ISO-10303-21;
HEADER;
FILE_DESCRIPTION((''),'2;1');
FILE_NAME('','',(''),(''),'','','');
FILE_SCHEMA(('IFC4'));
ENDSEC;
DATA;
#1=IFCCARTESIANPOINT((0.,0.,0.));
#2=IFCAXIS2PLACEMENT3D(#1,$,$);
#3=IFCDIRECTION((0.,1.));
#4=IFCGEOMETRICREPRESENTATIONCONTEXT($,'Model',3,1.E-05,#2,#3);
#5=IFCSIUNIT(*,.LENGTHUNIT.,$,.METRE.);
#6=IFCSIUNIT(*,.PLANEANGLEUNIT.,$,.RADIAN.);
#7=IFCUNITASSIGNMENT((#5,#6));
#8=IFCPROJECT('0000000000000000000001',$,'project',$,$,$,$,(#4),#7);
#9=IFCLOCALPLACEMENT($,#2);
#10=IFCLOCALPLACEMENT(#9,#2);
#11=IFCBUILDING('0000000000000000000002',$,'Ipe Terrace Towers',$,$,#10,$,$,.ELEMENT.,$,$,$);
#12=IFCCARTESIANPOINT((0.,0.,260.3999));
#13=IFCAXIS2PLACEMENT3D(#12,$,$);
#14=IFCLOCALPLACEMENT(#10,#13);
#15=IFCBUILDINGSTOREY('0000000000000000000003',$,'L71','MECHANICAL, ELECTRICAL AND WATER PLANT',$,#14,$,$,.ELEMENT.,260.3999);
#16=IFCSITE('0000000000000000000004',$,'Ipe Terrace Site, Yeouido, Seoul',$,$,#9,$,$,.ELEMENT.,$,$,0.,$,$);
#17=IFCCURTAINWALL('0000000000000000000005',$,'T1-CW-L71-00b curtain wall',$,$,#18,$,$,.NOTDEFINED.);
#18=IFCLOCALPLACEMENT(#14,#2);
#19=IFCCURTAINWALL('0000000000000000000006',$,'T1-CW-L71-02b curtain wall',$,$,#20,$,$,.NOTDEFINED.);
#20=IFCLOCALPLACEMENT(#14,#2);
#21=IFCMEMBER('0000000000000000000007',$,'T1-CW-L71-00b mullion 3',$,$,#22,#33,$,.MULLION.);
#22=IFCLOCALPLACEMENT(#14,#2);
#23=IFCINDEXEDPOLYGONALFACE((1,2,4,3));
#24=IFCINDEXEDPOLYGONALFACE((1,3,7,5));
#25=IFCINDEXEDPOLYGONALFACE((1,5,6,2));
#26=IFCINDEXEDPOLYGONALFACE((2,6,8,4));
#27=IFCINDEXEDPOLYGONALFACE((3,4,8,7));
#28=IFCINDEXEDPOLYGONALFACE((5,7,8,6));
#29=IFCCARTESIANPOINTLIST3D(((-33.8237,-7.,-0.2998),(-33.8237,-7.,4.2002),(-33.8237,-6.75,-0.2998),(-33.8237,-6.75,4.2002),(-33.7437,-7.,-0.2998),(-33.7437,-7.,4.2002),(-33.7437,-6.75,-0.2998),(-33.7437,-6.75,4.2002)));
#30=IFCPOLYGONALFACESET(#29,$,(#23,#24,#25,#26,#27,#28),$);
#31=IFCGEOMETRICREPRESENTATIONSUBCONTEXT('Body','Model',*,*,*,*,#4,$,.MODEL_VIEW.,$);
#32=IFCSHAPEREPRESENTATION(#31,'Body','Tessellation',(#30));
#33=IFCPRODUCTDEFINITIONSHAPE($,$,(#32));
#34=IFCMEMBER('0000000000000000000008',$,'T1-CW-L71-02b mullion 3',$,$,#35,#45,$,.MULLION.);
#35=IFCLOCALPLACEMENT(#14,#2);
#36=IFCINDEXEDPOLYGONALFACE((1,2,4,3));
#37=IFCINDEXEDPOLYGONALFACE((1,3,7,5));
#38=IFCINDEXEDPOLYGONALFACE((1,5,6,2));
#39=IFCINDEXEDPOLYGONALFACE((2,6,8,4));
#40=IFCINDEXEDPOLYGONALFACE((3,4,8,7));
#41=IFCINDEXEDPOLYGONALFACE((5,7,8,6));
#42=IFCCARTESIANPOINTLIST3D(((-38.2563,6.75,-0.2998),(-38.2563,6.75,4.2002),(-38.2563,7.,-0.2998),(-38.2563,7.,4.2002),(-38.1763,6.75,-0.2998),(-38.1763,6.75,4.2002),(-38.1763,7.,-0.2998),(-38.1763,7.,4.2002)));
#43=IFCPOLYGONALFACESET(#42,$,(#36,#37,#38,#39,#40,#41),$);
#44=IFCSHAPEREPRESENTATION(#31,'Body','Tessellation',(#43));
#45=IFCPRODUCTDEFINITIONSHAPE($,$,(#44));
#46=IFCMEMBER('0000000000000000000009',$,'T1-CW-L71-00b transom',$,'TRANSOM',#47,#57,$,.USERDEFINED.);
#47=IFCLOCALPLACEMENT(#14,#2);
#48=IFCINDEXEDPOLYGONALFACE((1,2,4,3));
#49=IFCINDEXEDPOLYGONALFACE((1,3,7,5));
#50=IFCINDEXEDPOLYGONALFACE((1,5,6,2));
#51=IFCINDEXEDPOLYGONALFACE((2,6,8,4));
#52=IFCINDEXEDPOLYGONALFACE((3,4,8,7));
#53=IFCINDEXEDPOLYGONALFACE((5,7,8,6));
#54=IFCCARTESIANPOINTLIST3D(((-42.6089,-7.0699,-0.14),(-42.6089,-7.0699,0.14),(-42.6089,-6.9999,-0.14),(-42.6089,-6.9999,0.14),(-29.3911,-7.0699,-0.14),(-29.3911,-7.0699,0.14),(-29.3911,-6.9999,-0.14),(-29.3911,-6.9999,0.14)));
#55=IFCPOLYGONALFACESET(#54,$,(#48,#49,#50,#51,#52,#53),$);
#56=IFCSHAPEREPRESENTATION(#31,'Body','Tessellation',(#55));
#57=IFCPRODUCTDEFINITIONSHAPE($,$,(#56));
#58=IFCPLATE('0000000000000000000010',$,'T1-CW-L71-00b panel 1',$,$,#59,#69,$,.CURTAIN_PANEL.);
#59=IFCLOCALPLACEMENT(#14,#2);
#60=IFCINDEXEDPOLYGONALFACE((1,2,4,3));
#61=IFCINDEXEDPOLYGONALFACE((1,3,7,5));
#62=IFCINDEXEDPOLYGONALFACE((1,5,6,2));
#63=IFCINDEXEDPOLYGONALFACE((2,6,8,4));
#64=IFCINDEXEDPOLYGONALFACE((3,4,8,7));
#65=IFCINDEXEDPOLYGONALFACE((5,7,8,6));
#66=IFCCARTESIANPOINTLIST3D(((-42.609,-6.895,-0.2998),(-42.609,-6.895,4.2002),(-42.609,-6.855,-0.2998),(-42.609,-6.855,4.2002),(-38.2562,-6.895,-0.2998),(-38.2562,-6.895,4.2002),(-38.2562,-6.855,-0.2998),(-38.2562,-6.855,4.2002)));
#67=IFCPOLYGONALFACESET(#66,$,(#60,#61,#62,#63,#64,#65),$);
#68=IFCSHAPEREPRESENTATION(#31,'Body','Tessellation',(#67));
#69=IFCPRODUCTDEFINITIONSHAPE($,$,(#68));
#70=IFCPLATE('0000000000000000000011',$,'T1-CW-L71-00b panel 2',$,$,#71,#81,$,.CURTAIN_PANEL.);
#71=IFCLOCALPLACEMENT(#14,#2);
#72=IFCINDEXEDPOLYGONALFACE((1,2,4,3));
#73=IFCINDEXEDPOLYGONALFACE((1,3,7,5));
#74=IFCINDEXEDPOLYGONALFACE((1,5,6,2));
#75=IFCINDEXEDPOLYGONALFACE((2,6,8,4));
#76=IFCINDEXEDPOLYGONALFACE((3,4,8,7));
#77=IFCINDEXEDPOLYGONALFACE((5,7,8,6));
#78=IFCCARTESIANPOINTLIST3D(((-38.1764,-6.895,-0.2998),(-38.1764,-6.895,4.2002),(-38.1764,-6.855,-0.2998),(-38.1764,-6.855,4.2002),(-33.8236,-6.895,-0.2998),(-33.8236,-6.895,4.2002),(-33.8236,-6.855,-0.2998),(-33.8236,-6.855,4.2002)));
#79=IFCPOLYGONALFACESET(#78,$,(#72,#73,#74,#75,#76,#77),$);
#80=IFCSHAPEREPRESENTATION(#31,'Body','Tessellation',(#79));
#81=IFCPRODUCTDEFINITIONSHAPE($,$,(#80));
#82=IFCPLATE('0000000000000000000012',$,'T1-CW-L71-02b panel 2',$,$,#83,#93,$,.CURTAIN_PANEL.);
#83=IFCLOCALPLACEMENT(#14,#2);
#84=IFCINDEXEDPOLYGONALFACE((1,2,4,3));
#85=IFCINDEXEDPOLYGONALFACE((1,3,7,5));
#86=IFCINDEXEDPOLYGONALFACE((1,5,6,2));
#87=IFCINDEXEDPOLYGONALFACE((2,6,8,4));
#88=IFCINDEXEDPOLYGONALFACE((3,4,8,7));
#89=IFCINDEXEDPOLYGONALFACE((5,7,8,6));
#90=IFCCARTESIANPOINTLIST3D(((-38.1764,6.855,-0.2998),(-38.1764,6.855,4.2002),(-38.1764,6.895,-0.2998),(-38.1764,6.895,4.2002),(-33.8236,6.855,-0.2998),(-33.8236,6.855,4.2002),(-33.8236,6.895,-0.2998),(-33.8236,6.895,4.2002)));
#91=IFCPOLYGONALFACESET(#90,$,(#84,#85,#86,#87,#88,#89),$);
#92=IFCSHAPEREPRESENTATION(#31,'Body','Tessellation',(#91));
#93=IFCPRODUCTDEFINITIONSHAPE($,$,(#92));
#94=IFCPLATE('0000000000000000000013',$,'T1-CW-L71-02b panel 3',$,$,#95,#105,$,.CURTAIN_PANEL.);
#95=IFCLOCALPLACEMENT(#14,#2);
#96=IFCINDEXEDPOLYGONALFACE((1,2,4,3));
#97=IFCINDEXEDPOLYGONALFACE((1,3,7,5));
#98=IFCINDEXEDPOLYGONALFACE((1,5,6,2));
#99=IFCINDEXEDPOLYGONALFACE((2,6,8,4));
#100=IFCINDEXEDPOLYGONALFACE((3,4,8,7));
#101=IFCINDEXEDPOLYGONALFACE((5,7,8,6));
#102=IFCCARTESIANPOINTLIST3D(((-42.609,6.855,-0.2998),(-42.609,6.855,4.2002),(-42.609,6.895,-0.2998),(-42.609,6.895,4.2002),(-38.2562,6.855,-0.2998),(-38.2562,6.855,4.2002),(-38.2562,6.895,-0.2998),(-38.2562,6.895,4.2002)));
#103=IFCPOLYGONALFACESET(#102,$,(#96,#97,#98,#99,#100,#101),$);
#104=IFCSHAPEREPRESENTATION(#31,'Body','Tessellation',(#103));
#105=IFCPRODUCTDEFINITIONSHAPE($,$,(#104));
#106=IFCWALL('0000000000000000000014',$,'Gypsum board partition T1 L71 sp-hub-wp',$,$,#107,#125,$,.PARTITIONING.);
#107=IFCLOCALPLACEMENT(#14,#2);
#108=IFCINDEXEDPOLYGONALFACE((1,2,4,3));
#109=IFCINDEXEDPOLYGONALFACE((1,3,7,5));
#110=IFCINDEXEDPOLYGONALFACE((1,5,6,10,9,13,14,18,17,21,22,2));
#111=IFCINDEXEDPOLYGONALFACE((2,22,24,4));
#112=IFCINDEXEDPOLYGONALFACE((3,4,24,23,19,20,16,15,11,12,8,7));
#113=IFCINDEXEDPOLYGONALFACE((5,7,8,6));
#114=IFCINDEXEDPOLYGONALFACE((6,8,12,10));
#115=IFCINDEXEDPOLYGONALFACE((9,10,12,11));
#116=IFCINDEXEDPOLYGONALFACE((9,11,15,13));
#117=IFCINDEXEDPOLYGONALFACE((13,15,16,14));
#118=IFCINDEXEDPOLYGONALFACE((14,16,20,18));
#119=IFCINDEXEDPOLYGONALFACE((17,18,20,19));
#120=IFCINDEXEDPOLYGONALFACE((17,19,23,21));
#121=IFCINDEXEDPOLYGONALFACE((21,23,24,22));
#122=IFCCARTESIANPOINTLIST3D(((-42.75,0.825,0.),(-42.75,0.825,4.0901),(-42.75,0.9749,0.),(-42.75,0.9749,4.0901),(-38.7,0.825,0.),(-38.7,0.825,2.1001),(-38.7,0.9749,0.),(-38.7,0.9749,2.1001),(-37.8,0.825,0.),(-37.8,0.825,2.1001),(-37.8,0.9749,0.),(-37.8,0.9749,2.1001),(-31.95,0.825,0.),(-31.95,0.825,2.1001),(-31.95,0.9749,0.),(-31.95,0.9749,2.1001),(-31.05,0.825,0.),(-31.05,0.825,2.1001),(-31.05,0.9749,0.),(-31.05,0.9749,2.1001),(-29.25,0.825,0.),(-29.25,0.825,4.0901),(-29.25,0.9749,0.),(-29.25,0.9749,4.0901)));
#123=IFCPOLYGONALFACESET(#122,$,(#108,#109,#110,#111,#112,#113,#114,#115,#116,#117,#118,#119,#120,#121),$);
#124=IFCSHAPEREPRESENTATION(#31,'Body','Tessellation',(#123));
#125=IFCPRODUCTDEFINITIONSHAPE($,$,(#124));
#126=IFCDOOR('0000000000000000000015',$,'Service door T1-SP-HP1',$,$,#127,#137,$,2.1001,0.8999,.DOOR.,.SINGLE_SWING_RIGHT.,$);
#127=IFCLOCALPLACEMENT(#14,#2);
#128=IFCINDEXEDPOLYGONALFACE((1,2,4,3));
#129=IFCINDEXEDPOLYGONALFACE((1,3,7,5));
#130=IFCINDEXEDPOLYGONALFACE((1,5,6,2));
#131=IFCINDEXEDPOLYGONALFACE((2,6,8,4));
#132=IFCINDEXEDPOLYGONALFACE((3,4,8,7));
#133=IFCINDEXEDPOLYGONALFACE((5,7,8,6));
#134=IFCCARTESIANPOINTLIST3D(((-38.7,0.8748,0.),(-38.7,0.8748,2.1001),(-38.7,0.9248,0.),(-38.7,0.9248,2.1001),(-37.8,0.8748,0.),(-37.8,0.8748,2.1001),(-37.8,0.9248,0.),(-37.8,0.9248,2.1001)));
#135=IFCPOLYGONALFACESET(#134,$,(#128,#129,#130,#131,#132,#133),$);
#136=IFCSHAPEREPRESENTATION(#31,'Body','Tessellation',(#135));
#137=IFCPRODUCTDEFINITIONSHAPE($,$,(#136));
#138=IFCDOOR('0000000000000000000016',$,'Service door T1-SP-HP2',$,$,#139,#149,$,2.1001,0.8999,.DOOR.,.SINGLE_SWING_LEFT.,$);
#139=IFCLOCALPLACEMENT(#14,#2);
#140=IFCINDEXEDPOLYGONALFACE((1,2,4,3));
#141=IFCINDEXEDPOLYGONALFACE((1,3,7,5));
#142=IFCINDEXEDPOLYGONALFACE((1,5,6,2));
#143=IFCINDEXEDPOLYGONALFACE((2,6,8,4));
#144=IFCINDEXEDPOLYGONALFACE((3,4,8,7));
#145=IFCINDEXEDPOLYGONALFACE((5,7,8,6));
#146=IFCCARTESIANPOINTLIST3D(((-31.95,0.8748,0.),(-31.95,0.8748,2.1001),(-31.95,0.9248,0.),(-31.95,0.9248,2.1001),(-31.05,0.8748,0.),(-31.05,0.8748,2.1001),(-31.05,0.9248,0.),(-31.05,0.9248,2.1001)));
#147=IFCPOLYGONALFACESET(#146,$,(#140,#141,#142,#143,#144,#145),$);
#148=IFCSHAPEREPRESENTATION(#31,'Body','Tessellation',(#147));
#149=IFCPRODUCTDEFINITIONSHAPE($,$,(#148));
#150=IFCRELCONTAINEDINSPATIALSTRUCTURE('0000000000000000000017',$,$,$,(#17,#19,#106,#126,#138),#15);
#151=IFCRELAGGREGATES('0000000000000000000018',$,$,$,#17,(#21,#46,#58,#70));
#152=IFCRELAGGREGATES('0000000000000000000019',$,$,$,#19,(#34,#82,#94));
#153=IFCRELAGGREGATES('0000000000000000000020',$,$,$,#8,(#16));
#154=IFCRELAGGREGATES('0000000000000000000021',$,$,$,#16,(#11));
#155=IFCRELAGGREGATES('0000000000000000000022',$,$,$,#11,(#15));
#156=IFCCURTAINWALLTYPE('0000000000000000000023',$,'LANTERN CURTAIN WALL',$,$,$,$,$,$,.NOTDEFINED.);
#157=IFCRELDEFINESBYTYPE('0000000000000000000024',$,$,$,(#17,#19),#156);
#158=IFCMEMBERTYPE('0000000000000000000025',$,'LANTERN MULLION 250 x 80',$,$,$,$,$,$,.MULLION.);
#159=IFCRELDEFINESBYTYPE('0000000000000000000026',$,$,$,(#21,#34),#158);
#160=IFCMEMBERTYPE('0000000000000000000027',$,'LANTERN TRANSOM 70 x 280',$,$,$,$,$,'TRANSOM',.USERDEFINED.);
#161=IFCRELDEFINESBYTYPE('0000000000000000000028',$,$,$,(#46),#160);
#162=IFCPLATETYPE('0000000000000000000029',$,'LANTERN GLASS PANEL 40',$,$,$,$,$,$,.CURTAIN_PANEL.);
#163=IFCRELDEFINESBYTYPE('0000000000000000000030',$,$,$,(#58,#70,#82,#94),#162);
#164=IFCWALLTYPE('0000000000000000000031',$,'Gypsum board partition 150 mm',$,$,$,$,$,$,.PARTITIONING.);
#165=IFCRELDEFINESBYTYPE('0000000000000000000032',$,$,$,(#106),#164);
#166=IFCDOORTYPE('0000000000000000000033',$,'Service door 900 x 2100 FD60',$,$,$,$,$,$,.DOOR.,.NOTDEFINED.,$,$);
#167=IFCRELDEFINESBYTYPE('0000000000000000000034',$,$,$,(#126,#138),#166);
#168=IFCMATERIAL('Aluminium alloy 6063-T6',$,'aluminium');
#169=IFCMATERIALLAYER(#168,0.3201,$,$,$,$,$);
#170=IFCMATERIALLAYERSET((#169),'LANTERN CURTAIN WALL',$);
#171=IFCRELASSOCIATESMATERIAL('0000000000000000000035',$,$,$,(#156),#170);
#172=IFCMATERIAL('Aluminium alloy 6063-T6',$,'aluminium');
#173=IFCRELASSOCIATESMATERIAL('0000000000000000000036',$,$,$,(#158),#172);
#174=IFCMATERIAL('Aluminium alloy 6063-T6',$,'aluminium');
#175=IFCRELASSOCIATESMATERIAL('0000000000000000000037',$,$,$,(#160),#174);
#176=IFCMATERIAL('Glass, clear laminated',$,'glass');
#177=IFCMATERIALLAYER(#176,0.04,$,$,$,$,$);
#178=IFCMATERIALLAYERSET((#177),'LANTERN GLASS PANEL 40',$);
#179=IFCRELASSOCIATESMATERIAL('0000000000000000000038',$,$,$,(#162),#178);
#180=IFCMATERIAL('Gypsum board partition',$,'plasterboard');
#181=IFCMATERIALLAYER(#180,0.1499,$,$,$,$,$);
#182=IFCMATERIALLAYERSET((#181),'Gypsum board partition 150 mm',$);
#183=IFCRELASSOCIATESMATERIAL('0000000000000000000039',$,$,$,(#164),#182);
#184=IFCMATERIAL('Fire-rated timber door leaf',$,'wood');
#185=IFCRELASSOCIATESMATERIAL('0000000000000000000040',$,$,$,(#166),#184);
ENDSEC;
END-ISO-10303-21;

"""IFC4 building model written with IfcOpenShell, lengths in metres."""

from ifc_helpers import new_model, si_unit, direction, frame, frame_2d, origin, origin_2d, place, context, subcontext, project, spatial, rectangle, extrude, material, layer, layer_set, material_profile, profile_set, type_object, element, fill, aggregate, save


model = new_model("IFC4")

# Units and contexts
model_context = context("Model", 3, precision=1e-05, world=origin(), true_north=direction((0.0, 1.0)))
body_context = subcontext(model_context, "Body", "Model", "MODEL_VIEW")
ifc_project = project(units=[si_unit("LENGTHUNIT", "METRE"), si_unit("PLANEANGLEUNIT", "RADIAN")], contexts=[model_context])

# Site, building, storey
site_placement = place(None, origin())
site = spatial("IfcSite", under=ifc_project, at=site_placement, Name="Ipe Terrace Site, Yeouido, Seoul", CompositionType="ELEMENT", RefElevation=0.0)
building_placement = place(site_placement, origin())
building = spatial("IfcBuilding", under=site, at=building_placement, Name="Ipe Terrace Towers", CompositionType="ELEMENT")
storey_placement = place(building_placement, frame((0.0, 0.0, 260.3999)))
storey = spatial("IfcBuildingStorey", under=building, at=storey_placement, Name="L71", Description="MECHANICAL, ELECTRICAL AND WATER PLANT", CompositionType="ELEMENT", Elevation=260.3999)

# Curtain walls
ifc_material_1 = material(Name="Aluminium alloy 6063-T6", Category="aluminium")
ifc_layer_1 = layer(ifc_material_1, 0.3201)
ifc_layer_set_1 = layer_set([ifc_layer_1], Name="LANTERN CURTAIN WALL")
curtain_wall_type = type_object("IfcCurtainWallType", Name="LANTERN CURTAIN WALL", PredefinedType="NOTDEFINED", material=ifc_layer_set_1)
curtain_wall_1_placement = place(storey_placement, origin())
curtain_wall_1 = element("IfcCurtainWall", 1, at=curtain_wall_1_placement, inside=storey, type_object=curtain_wall_type, Name="T1-CW-L71-00b curtain wall", PredefinedType="NOTDEFINED")
curtain_wall_2_placement = place(storey_placement, origin())
curtain_wall_2 = element("IfcCurtainWall", 2, at=curtain_wall_2_placement, inside=storey, type_object=curtain_wall_type, Name="T1-CW-L71-02b curtain wall", PredefinedType="NOTDEFINED")

# Members
ifc_material_2 = material(Name="Aluminium alloy 6063-T6", Category="aluminium")
ifc_material_profile_1 = material_profile(ifc_material_2, rectangle(XDim=0.25, YDim=0.0801, at=origin_2d()), Name="LANTERN MULLION 250 x 80")
ifc_profile_set_1 = profile_set([ifc_material_profile_1], Name="Aluminium alloy 6063-T6")
member_type_1 = type_object("IfcMemberType", Name="LANTERN MULLION 250 x 80", PredefinedType="MULLION", material=ifc_profile_set_1)
member_1_placement = place(storey_placement, frame((-33.7837, -6.875, -0.2998), z_axis=(0.0, 0.0, 1.0), x_axis=(0.0, -1.0, 0.0)))
member_1 = element("IfcMember", 3, at=member_1_placement, type_object=member_type_1, Name="T1-CW-L71-00b mullion 3", PredefinedType="MULLION", context=body_context, shape_type="SweptSolid", body=[
    extrude(rectangle(XDim=0.25, YDim=0.0801, at=origin_2d()), origin(), (0.0, 0.0, 1.0), 4.5),
])
member_2_placement = place(storey_placement, frame((-38.2163, 6.875, -0.2998), z_axis=(0.0, 0.0, 1.0), x_axis=(0.0, 1.0, 0.0)))
member_2 = element("IfcMember", 4, at=member_2_placement, type_object=member_type_1, Name="T1-CW-L71-02b mullion 3", PredefinedType="MULLION", context=body_context, shape_type="SweptSolid", body=[
    extrude(rectangle(XDim=0.25, YDim=0.0801, at=origin_2d()), origin(), (0.0, 0.0, 1.0), 4.5),
])
ifc_material_3 = material(Name="Aluminium alloy 6063-T6", Category="aluminium")
ifc_material_profile_2 = material_profile(ifc_material_3, rectangle(XDim=0.0701, YDim=0.28, at=origin_2d()), Name="LANTERN TRANSOM 70 x 280")
ifc_profile_set_2 = profile_set([ifc_material_profile_2], Name="Aluminium alloy 6063-T6")
member_type_2 = type_object("IfcMemberType", Name="LANTERN TRANSOM 70 x 280", ElementType="TRANSOM", PredefinedType="USERDEFINED", material=ifc_profile_set_2)
member_3_placement = place(storey_placement, frame((-42.6089, -7.0349, 0.0), z_axis=(1.0, 0.0, 0.0), x_axis=(0.0, -1.0, 0.0)))
member_3 = element("IfcMember", 5, at=member_3_placement, type_object=member_type_2, Name="T1-CW-L71-00b transom", ObjectType="TRANSOM", PredefinedType="USERDEFINED", context=body_context, shape_type="SweptSolid", body=[
    extrude(rectangle(XDim=0.0701, YDim=0.28, at=origin_2d()), origin(), (0.0, 0.0, 1.0), 13.2178),
])

# Plates
ifc_material_4 = material(Name="Glass, clear laminated", Category="glass")
ifc_layer_2 = layer(ifc_material_4, 0.04)
ifc_layer_set_2 = layer_set([ifc_layer_2], Name="LANTERN GLASS PANEL 40")
plate_type = type_object("IfcPlateType", Name="LANTERN GLASS PANEL 40", PredefinedType="CURTAIN_PANEL", material=ifc_layer_set_2)
plate_1_placement = place(storey_placement, frame((-40.4326, -6.875, -0.2998), z_axis=(0.0, 0.0, 1.0), x_axis=(1.0, 0.0, 0.0)))
plate_1 = element("IfcPlate", 6, at=plate_1_placement, type_object=plate_type, Name="T1-CW-L71-00b panel 1", PredefinedType="CURTAIN_PANEL", context=body_context, shape_type="SweptSolid", body=[
    extrude(rectangle(XDim=4.3528, YDim=0.04, at=origin_2d()), origin(), (0.0, 0.0, 1.0), 4.5),
])
plate_2_placement = place(storey_placement, frame((-36.0, -6.875, -0.2998), z_axis=(0.0, 0.0, 1.0), x_axis=(1.0, 0.0, 0.0)))
plate_2 = element("IfcPlate", 7, at=plate_2_placement, type_object=plate_type, Name="T1-CW-L71-00b panel 2", PredefinedType="CURTAIN_PANEL", context=body_context, shape_type="SweptSolid", body=[
    extrude(rectangle(XDim=4.3528, YDim=0.04, at=origin_2d()), origin(), (0.0, 0.0, 1.0), 4.5),
])
aggregate(curtain_wall_1, [member_1, member_3, plate_1, plate_2])
plate_3_placement = place(storey_placement, frame((-36.0, 6.875, -0.2998), z_axis=(0.0, 0.0, 1.0), x_axis=(-1.0, 0.0, 0.0)))
plate_3 = element("IfcPlate", 8, at=plate_3_placement, type_object=plate_type, Name="T1-CW-L71-02b panel 2", PredefinedType="CURTAIN_PANEL", context=body_context, shape_type="SweptSolid", body=[
    extrude(rectangle(XDim=4.3528, YDim=0.04, at=origin_2d()), origin(), (0.0, 0.0, 1.0), 4.5),
])
plate_4_placement = place(storey_placement, frame((-40.4326, 6.875, -0.2998), z_axis=(0.0, 0.0, 1.0), x_axis=(-1.0, 0.0, 0.0)))
plate_4 = element("IfcPlate", 9, at=plate_4_placement, type_object=plate_type, Name="T1-CW-L71-02b panel 3", PredefinedType="CURTAIN_PANEL", context=body_context, shape_type="SweptSolid", body=[
    extrude(rectangle(XDim=4.3528, YDim=0.04, at=origin_2d()), origin(), (0.0, 0.0, 1.0), 4.5),
])
aggregate(curtain_wall_2, [member_2, plate_3, plate_4])

# Wall, openings, doors
ifc_material_5 = material(Name="Gypsum board partition", Category="plasterboard")
ifc_layer_3 = layer(ifc_material_5, 0.1499)
ifc_layer_set_3 = layer_set([ifc_layer_3], Name="Gypsum board partition 150 mm")
wall_type_1 = type_object("IfcWallType", Name="Gypsum board partition 150 mm", PredefinedType="PARTITIONING", material=ifc_layer_set_3)
wall_1_placement = place(storey_placement, frame((-42.75, 0.8999, 0.0), z_axis=(0.0, 0.0, 1.0), x_axis=(1.0, 0.0, 0.0)))
wall_1 = element("IfcWall", 10, at=wall_1_placement, inside=storey, type_object=wall_type_1, Name="Gypsum board partition T1 L71 sp-hub-wp", PredefinedType="PARTITIONING", context=body_context, shape_type="SweptSolid", body=[
    extrude(rectangle(XDim=13.5, YDim=0.1499, at=frame_2d((6.75, 0.0))), origin(), (0.0, 0.0, 1.0), 4.0901),
])
opening_1_placement = place(wall_1_placement, frame((4.05, 0.0, 0.0)))
opening_1 = element("IfcOpeningElement", 11, at=opening_1_placement, cuts=wall_1, PredefinedType="OPENING", context=body_context, shape_type="SweptSolid", body=[
    extrude(rectangle(XDim=0.8999, YDim=2.1001, at=frame_2d((0.45, 1.05))), frame((0.0, 0.085, 0.0), z_axis=(0.0, -1.0, 0.0), x_axis=(1.0, 0.0, 0.0)), (0.0, 0.0, 1.0), 0.1699),
])
opening_2_placement = place(wall_1_placement, frame((10.8, 0.0, 0.0)))
opening_2 = element("IfcOpeningElement", 12, at=opening_2_placement, cuts=wall_1, PredefinedType="OPENING", context=body_context, shape_type="SweptSolid", body=[
    extrude(rectangle(XDim=0.8999, YDim=2.1001, at=frame_2d((0.45, 1.05))), frame((0.0, 0.085, 0.0), z_axis=(0.0, -1.0, 0.0), x_axis=(1.0, 0.0, 0.0)), (0.0, 0.0, 1.0), 0.1699),
])
ifc_material_6 = material(Name="Fire-rated timber door leaf", Category="wood")
door_type_1 = type_object("IfcDoorType", Name="Service door 900 x 2100 FD60", OperationType="NOTDEFINED", PredefinedType="DOOR", material=ifc_material_6)
door_1_placement = place(opening_1_placement, origin())
door_1 = element("IfcDoor", 13, at=door_1_placement, inside=storey, type_object=door_type_1, Name="Service door T1-SP-HP1", OperationType="SINGLE_SWING_RIGHT", OverallHeight=2.1001, OverallWidth=0.8999, PredefinedType="DOOR", context=body_context, shape_type="SweptSolid", body=[
    extrude(rectangle(XDim=0.8999, YDim=2.1001, at=frame_2d((0.45, 1.05))), frame((0.0, 0.0249, 0.0), z_axis=(0.0, -1.0, 0.0), x_axis=(1.0, 0.0, 0.0)), (0.0, 0.0, 1.0), 0.05),
])
fill(opening_1, door_1)
door_2_placement = place(opening_2_placement, origin())
door_2 = element("IfcDoor", 14, at=door_2_placement, inside=storey, type_object=door_type_1, Name="Service door T1-SP-HP2", OperationType="SINGLE_SWING_LEFT", OverallHeight=2.1001, OverallWidth=0.8999, PredefinedType="DOOR", context=body_context, shape_type="SweptSolid", body=[
    extrude(rectangle(XDim=0.8999, YDim=2.1001, at=frame_2d((0.45, 1.05))), frame((0.0, 0.0249, 0.0), z_axis=(0.0, -1.0, 0.0), x_axis=(1.0, 0.0, 0.0)), (0.0, 0.0, 1.0), 0.05),
])
fill(opening_2, door_2)

save(model, "model.ifc")
